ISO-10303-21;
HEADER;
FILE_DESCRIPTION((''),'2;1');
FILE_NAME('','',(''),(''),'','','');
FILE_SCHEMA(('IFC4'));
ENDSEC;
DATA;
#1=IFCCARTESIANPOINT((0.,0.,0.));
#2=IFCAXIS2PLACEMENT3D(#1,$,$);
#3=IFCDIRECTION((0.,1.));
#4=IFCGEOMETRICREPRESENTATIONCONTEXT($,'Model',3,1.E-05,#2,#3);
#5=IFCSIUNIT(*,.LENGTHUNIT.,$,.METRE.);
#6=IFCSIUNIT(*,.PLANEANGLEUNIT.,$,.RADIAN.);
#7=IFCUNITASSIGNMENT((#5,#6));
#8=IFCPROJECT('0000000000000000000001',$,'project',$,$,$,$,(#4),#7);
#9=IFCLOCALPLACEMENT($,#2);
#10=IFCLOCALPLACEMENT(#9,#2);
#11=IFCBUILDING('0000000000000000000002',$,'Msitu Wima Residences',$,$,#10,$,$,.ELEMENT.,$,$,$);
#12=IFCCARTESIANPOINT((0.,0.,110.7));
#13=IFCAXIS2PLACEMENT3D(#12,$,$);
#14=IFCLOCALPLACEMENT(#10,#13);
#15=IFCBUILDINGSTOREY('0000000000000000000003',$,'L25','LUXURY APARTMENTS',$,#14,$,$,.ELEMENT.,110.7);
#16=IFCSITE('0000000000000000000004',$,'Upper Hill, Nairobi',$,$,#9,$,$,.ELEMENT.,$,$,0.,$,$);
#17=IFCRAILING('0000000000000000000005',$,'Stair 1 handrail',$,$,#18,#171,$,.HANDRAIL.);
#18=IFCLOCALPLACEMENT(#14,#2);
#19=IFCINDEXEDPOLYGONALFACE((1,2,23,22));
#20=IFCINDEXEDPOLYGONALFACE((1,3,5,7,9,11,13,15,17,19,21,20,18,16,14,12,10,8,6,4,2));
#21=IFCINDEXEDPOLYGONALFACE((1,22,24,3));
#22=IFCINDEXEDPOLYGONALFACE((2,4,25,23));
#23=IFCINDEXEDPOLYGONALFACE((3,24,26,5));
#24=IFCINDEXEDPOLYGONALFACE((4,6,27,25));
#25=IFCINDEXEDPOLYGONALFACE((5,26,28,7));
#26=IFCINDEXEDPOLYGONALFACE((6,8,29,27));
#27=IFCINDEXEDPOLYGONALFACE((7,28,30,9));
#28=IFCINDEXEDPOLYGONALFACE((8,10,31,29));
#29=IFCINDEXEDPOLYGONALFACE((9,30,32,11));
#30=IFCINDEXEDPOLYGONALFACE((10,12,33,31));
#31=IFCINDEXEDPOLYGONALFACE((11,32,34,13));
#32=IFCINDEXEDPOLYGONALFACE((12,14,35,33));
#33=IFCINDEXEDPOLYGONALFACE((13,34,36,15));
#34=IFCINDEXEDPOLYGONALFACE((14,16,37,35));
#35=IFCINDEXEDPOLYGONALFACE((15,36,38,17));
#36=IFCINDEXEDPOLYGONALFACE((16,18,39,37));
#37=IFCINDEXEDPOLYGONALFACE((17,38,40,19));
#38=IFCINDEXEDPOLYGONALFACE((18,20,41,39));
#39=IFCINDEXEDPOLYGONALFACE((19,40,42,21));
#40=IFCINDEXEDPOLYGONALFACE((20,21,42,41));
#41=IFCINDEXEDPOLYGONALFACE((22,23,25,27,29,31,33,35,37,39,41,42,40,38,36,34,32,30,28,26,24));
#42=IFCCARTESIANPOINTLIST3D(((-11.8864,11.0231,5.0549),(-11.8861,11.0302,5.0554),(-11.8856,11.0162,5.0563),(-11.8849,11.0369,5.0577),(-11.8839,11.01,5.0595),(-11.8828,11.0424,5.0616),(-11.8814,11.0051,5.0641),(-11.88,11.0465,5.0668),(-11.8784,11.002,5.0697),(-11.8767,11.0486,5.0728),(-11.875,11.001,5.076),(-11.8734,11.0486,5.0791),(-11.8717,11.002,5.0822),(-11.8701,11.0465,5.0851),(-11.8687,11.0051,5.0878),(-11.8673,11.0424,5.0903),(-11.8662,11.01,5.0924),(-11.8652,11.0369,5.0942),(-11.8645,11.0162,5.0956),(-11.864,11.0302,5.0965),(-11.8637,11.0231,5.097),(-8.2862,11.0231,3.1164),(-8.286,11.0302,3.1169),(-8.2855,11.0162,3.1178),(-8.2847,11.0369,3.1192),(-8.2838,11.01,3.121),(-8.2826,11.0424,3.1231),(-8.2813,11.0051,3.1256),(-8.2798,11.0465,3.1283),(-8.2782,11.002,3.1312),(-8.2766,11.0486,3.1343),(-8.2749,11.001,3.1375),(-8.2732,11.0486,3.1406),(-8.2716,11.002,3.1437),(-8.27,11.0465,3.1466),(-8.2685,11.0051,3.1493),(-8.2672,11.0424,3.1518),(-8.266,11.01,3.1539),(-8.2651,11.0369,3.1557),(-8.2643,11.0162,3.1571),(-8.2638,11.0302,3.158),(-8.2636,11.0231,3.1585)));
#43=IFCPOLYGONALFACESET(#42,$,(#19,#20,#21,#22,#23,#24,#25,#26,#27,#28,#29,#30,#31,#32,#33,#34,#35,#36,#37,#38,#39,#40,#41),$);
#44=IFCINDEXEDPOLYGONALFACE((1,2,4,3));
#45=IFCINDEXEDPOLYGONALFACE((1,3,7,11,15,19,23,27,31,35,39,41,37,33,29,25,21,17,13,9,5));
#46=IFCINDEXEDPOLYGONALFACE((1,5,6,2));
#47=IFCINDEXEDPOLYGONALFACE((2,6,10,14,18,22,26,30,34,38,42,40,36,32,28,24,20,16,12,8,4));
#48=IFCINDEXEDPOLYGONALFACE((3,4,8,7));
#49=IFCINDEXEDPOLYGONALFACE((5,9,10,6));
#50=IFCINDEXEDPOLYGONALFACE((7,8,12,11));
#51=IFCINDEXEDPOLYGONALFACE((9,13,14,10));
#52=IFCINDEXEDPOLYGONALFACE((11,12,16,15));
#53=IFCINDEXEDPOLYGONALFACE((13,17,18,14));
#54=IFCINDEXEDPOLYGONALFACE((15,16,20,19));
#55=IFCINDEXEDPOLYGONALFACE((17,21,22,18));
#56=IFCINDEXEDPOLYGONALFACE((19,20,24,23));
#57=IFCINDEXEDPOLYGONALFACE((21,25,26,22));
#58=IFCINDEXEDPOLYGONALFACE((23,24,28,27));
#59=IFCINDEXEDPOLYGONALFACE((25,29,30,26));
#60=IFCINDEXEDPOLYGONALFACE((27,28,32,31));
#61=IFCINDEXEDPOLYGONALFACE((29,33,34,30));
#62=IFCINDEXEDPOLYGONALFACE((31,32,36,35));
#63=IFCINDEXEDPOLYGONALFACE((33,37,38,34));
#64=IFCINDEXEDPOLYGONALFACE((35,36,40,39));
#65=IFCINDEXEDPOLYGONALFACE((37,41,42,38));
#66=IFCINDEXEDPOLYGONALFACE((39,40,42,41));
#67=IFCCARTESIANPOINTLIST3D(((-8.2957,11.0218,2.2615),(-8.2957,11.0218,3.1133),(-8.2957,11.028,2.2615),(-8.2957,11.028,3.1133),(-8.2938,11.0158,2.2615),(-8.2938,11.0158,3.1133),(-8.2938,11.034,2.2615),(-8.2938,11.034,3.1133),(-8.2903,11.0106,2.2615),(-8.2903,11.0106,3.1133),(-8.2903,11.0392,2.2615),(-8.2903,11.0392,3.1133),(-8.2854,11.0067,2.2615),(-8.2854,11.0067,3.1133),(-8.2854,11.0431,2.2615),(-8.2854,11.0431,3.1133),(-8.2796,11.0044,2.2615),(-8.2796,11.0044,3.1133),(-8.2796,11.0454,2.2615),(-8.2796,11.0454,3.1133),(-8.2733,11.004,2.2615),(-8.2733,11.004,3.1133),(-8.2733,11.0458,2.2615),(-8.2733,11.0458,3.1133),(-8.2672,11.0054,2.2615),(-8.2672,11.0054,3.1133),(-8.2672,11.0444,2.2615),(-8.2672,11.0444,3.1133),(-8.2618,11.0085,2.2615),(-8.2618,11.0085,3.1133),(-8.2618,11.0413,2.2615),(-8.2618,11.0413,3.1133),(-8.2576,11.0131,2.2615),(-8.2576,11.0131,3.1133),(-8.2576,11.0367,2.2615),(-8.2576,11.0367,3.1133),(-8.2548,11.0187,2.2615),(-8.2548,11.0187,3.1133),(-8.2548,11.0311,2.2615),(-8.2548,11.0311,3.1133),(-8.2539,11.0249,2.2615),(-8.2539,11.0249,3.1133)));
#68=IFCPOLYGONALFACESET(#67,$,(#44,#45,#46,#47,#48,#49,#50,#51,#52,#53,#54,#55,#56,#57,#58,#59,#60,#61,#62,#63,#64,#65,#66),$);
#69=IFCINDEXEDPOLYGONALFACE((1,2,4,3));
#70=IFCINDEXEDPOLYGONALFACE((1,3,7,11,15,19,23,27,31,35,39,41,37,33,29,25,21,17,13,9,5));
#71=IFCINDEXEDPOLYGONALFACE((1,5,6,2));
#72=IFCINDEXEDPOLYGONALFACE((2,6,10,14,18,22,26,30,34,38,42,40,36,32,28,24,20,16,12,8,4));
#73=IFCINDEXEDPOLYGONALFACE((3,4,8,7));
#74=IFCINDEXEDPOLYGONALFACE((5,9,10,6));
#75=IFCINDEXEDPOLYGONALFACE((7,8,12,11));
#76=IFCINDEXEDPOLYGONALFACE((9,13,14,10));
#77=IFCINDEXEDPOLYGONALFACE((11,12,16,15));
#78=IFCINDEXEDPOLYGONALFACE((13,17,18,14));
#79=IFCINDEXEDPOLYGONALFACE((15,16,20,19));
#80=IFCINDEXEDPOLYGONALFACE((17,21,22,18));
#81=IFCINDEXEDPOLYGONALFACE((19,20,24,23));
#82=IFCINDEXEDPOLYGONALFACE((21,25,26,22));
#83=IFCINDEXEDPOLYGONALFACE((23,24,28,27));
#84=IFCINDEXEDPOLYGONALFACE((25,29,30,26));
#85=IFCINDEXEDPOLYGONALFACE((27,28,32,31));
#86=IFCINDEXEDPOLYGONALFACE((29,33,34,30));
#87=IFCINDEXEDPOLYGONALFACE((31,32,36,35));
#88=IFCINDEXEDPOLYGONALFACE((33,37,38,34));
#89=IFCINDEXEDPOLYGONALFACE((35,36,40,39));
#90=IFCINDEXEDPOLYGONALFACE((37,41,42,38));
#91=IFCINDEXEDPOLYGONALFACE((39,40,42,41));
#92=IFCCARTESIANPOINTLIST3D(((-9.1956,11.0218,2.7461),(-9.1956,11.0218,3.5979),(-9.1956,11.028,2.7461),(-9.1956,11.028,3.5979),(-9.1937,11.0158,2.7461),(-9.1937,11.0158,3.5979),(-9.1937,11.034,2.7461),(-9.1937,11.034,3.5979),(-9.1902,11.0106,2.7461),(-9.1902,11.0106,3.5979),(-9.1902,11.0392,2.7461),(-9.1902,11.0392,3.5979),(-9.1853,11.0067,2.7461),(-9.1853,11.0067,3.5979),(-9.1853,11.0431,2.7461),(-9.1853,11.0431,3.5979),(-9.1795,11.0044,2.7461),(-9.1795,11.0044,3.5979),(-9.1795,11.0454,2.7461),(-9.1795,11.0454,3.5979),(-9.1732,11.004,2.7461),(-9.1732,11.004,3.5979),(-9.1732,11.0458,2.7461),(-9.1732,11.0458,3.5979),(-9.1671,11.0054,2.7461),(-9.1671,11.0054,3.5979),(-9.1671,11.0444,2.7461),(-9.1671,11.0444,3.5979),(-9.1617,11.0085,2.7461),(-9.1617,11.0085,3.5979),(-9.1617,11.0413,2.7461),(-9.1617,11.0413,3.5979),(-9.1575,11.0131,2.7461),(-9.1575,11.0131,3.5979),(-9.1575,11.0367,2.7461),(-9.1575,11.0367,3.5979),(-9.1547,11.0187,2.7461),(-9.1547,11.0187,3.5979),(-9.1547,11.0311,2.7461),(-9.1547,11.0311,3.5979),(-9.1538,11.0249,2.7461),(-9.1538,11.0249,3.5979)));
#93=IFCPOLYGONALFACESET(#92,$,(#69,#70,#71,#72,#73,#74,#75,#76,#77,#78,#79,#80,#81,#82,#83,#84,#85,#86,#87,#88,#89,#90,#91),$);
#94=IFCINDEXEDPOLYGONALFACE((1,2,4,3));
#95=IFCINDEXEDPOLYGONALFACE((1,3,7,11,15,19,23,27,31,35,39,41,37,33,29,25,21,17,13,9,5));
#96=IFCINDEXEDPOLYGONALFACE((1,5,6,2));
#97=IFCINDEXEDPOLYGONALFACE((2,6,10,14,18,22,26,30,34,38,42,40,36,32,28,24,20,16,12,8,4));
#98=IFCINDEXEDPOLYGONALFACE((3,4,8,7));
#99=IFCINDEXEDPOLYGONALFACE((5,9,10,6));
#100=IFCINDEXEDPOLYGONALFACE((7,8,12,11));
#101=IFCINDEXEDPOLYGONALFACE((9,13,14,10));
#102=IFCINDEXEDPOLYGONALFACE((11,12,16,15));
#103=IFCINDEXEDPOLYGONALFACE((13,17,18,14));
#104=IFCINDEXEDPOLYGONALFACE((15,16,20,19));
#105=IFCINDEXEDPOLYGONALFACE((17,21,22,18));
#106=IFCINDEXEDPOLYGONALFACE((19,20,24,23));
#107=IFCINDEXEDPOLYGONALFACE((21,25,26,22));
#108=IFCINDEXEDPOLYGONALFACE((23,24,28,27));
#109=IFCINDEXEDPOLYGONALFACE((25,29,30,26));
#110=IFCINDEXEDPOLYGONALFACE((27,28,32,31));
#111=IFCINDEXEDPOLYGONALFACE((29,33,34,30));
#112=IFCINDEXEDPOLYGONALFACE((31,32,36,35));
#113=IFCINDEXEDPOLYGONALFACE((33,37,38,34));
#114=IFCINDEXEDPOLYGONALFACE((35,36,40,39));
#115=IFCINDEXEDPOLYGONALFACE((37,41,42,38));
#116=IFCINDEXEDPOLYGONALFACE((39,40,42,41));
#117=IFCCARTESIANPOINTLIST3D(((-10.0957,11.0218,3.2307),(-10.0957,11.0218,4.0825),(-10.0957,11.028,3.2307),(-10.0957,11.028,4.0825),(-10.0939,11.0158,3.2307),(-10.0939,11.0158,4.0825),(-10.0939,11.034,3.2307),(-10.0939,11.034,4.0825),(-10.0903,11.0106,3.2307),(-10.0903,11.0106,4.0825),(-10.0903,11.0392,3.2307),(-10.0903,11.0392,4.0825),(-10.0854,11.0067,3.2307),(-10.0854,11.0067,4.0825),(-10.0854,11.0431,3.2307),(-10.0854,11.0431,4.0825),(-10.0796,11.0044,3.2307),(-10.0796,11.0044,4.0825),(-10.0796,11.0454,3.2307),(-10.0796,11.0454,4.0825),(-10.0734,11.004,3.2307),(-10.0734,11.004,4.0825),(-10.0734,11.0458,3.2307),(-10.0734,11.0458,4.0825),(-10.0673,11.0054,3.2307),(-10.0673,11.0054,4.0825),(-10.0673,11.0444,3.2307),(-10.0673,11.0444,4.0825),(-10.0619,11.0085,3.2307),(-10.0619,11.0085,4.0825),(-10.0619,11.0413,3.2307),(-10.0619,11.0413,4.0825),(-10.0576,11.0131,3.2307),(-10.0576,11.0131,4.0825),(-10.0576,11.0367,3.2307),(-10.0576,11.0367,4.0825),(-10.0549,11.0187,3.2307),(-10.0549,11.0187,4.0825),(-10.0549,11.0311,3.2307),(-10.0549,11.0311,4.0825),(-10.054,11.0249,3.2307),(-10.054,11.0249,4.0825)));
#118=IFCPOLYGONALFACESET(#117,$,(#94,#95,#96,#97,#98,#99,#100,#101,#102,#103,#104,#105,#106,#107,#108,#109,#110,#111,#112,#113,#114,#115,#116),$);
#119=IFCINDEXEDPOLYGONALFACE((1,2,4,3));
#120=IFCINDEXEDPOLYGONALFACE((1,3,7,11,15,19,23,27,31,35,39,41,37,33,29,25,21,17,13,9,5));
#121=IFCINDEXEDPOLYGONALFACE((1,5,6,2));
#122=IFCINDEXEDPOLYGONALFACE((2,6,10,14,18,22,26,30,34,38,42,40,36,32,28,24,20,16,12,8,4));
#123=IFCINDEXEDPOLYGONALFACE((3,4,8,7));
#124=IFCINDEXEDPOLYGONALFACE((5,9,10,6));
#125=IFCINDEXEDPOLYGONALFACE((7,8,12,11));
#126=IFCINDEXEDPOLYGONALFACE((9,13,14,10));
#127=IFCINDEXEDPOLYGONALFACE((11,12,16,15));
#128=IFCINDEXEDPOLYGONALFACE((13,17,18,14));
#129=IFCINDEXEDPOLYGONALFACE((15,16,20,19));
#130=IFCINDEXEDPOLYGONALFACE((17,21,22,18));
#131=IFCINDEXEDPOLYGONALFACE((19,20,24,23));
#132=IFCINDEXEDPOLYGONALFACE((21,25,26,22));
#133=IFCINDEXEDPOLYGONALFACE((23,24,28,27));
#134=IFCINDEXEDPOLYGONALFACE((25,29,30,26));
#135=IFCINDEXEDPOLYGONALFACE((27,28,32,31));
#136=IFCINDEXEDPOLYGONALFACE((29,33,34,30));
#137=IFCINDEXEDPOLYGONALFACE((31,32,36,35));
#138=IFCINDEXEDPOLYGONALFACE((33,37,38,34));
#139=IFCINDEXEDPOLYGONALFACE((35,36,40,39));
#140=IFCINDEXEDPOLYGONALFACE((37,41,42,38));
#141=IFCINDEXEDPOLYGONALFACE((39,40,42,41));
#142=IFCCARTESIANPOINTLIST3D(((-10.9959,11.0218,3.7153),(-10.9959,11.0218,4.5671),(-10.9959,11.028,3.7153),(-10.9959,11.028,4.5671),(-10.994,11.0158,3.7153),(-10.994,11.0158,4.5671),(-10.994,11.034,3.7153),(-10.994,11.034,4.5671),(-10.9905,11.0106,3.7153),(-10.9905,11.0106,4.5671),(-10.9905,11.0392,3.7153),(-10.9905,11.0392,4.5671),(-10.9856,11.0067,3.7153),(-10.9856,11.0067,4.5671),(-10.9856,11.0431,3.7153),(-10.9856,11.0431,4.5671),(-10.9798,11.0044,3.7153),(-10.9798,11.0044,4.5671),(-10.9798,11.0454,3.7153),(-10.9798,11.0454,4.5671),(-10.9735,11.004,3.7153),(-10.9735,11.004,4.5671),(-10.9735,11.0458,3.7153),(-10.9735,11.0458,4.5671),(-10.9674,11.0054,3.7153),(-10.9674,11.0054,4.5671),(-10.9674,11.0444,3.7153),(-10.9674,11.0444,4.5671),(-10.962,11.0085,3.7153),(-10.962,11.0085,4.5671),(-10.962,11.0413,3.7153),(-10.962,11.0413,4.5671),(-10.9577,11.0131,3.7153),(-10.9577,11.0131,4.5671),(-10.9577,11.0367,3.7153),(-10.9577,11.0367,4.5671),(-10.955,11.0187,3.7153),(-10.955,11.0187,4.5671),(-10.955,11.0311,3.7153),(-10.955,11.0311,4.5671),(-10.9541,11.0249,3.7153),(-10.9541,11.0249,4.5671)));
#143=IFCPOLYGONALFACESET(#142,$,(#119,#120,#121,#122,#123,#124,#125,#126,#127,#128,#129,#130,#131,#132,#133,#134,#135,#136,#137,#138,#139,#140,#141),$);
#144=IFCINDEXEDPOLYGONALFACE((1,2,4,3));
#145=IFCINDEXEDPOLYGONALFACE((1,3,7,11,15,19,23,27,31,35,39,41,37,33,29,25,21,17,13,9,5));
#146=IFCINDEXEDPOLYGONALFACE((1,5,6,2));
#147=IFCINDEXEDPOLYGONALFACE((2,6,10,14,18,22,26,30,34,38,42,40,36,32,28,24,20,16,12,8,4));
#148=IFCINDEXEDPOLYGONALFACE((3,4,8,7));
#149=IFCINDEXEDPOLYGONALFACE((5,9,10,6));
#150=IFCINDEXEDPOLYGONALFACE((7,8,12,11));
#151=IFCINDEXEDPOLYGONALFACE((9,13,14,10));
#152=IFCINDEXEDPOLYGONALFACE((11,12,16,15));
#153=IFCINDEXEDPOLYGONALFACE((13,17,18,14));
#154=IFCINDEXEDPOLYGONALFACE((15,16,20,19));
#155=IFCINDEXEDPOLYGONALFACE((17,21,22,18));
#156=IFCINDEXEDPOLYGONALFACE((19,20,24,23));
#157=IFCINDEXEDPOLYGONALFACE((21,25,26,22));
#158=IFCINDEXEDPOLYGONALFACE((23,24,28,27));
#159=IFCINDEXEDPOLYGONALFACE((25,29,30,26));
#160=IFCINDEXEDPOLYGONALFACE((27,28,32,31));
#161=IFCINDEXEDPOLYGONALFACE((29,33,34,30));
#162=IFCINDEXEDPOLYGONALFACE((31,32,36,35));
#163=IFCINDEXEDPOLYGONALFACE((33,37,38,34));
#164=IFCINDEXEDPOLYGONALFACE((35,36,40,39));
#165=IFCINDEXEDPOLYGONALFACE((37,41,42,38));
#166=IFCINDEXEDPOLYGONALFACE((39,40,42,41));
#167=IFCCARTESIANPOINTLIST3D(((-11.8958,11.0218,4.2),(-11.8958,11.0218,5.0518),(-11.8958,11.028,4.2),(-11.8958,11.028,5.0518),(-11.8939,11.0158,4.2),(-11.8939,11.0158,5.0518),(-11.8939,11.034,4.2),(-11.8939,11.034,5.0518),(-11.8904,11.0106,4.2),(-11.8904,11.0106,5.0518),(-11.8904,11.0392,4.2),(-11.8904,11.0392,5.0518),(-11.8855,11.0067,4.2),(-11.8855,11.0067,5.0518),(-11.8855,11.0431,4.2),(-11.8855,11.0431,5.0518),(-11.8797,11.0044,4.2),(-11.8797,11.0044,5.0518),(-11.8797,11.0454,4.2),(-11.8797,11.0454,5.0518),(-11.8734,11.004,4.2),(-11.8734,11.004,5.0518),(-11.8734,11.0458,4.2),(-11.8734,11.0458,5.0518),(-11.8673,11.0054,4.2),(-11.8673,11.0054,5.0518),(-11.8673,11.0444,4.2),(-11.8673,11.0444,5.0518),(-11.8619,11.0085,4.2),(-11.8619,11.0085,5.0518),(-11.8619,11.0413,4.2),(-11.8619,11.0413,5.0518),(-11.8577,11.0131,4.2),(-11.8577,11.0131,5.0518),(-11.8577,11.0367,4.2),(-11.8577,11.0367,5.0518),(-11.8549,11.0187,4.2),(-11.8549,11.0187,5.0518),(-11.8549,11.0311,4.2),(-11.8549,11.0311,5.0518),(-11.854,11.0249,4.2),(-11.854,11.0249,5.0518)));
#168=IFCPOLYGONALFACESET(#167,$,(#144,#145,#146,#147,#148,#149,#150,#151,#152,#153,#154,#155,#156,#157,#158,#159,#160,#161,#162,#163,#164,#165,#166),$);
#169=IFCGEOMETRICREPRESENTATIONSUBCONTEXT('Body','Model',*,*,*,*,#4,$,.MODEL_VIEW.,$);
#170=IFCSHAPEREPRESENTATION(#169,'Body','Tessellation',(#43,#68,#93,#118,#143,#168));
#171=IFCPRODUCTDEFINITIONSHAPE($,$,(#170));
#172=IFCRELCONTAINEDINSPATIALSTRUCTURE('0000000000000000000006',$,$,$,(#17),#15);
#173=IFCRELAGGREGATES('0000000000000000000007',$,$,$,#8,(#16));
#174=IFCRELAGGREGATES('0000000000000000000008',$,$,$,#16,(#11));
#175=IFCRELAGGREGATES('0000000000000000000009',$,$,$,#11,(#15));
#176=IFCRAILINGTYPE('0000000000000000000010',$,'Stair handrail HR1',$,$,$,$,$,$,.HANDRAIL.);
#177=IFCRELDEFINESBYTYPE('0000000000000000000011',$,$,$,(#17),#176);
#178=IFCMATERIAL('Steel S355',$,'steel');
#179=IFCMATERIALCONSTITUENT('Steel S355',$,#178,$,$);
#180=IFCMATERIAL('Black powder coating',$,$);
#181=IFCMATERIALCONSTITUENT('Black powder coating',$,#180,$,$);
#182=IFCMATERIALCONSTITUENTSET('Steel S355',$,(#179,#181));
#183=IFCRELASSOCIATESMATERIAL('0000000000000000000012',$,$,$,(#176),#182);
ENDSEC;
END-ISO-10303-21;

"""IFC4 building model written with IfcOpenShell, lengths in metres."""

from ifc_helpers import new_model, si_unit, direction, frame, origin, origin_2d, place, context, subcontext, project, spatial, circle, extrude, material, constituent, constituent_set, type_object, element, save


model = new_model("IFC4")

# Units and contexts
model_context = context("Model", 3, precision=1e-05, world=origin(), true_north=direction((0.0, 1.0)))
body_context = subcontext(model_context, "Body", "Model", "MODEL_VIEW")
ifc_project = project(units=[si_unit("LENGTHUNIT", "METRE"), si_unit("PLANEANGLEUNIT", "RADIAN")], contexts=[model_context])

# Site, building, storey
site_placement = place(None, origin())
site = spatial("IfcSite", under=ifc_project, at=site_placement, Name="Upper Hill, Nairobi", CompositionType="ELEMENT", RefElevation=0.0)
building_placement = place(site_placement, origin())
building = spatial("IfcBuilding", under=site, at=building_placement, Name="Msitu Wima Residences", CompositionType="ELEMENT")
storey_placement = place(building_placement, frame((0.0, 0.0, 110.7)))
storey = spatial("IfcBuildingStorey", under=building, at=storey_placement, Name="L25", Description="LUXURY APARTMENTS", CompositionType="ELEMENT", Elevation=110.7)

# Railing
ifc_material_1 = material(Name="Steel S355", Category="steel")
ifc_constituent_1 = constituent(ifc_material_1, Name="Steel S355")
ifc_material_2 = material(Name="Black powder coating")
ifc_constituent_2 = constituent(ifc_material_2, Name="Black powder coating")
ifc_constituent_set = constituent_set(constituents=[ifc_constituent_1, ifc_constituent_2], Name="Steel S355")
railing_type = type_object("IfcRailingType", Name="Stair handrail HR1", PredefinedType="HANDRAIL", material=ifc_constituent_set)
railing_placement = place(storey_placement, frame((-8.2749, 11.0249, 2.2615)))
element("IfcRailing", 1, at=railing_placement, inside=storey, type_object=railing_type, Name="Stair 1 handrail", PredefinedType="HANDRAIL", context=body_context, shape_type="SweptSolid", body=[
    extrude(circle(Radius=0.0239, at=origin_2d()), frame((0.0, 0.0, 0.876), z_axis=(-0.880475, 0.0, 0.474093), x_axis=(0.0, -1.0, 0.0)), (0.0, 0.0, 1.0), 4.0889),
    extrude(circle(Radius=0.021, at=origin_2d()), origin(), (0.0, 0.0, 1.0), 0.8518),
    extrude(circle(Radius=0.021, at=origin_2d()), frame((-0.8999, 0.0, 0.4846)), (0.0, 0.0, 1.0), 0.8518),
    extrude(circle(Radius=0.021, at=origin_2d()), frame((-1.8, 0.0, 0.9692)), (0.0, 0.0, 1.0), 0.8518),
    extrude(circle(Radius=0.021, at=origin_2d()), frame((-2.7002, 0.0, 1.4539)), (0.0, 0.0, 1.0), 0.8518),
    extrude(circle(Radius=0.021, at=origin_2d()), frame((-3.6001, 0.0, 1.9385)), (0.0, 0.0, 1.0), 0.8518),
])

save(model, "model.ifc")
